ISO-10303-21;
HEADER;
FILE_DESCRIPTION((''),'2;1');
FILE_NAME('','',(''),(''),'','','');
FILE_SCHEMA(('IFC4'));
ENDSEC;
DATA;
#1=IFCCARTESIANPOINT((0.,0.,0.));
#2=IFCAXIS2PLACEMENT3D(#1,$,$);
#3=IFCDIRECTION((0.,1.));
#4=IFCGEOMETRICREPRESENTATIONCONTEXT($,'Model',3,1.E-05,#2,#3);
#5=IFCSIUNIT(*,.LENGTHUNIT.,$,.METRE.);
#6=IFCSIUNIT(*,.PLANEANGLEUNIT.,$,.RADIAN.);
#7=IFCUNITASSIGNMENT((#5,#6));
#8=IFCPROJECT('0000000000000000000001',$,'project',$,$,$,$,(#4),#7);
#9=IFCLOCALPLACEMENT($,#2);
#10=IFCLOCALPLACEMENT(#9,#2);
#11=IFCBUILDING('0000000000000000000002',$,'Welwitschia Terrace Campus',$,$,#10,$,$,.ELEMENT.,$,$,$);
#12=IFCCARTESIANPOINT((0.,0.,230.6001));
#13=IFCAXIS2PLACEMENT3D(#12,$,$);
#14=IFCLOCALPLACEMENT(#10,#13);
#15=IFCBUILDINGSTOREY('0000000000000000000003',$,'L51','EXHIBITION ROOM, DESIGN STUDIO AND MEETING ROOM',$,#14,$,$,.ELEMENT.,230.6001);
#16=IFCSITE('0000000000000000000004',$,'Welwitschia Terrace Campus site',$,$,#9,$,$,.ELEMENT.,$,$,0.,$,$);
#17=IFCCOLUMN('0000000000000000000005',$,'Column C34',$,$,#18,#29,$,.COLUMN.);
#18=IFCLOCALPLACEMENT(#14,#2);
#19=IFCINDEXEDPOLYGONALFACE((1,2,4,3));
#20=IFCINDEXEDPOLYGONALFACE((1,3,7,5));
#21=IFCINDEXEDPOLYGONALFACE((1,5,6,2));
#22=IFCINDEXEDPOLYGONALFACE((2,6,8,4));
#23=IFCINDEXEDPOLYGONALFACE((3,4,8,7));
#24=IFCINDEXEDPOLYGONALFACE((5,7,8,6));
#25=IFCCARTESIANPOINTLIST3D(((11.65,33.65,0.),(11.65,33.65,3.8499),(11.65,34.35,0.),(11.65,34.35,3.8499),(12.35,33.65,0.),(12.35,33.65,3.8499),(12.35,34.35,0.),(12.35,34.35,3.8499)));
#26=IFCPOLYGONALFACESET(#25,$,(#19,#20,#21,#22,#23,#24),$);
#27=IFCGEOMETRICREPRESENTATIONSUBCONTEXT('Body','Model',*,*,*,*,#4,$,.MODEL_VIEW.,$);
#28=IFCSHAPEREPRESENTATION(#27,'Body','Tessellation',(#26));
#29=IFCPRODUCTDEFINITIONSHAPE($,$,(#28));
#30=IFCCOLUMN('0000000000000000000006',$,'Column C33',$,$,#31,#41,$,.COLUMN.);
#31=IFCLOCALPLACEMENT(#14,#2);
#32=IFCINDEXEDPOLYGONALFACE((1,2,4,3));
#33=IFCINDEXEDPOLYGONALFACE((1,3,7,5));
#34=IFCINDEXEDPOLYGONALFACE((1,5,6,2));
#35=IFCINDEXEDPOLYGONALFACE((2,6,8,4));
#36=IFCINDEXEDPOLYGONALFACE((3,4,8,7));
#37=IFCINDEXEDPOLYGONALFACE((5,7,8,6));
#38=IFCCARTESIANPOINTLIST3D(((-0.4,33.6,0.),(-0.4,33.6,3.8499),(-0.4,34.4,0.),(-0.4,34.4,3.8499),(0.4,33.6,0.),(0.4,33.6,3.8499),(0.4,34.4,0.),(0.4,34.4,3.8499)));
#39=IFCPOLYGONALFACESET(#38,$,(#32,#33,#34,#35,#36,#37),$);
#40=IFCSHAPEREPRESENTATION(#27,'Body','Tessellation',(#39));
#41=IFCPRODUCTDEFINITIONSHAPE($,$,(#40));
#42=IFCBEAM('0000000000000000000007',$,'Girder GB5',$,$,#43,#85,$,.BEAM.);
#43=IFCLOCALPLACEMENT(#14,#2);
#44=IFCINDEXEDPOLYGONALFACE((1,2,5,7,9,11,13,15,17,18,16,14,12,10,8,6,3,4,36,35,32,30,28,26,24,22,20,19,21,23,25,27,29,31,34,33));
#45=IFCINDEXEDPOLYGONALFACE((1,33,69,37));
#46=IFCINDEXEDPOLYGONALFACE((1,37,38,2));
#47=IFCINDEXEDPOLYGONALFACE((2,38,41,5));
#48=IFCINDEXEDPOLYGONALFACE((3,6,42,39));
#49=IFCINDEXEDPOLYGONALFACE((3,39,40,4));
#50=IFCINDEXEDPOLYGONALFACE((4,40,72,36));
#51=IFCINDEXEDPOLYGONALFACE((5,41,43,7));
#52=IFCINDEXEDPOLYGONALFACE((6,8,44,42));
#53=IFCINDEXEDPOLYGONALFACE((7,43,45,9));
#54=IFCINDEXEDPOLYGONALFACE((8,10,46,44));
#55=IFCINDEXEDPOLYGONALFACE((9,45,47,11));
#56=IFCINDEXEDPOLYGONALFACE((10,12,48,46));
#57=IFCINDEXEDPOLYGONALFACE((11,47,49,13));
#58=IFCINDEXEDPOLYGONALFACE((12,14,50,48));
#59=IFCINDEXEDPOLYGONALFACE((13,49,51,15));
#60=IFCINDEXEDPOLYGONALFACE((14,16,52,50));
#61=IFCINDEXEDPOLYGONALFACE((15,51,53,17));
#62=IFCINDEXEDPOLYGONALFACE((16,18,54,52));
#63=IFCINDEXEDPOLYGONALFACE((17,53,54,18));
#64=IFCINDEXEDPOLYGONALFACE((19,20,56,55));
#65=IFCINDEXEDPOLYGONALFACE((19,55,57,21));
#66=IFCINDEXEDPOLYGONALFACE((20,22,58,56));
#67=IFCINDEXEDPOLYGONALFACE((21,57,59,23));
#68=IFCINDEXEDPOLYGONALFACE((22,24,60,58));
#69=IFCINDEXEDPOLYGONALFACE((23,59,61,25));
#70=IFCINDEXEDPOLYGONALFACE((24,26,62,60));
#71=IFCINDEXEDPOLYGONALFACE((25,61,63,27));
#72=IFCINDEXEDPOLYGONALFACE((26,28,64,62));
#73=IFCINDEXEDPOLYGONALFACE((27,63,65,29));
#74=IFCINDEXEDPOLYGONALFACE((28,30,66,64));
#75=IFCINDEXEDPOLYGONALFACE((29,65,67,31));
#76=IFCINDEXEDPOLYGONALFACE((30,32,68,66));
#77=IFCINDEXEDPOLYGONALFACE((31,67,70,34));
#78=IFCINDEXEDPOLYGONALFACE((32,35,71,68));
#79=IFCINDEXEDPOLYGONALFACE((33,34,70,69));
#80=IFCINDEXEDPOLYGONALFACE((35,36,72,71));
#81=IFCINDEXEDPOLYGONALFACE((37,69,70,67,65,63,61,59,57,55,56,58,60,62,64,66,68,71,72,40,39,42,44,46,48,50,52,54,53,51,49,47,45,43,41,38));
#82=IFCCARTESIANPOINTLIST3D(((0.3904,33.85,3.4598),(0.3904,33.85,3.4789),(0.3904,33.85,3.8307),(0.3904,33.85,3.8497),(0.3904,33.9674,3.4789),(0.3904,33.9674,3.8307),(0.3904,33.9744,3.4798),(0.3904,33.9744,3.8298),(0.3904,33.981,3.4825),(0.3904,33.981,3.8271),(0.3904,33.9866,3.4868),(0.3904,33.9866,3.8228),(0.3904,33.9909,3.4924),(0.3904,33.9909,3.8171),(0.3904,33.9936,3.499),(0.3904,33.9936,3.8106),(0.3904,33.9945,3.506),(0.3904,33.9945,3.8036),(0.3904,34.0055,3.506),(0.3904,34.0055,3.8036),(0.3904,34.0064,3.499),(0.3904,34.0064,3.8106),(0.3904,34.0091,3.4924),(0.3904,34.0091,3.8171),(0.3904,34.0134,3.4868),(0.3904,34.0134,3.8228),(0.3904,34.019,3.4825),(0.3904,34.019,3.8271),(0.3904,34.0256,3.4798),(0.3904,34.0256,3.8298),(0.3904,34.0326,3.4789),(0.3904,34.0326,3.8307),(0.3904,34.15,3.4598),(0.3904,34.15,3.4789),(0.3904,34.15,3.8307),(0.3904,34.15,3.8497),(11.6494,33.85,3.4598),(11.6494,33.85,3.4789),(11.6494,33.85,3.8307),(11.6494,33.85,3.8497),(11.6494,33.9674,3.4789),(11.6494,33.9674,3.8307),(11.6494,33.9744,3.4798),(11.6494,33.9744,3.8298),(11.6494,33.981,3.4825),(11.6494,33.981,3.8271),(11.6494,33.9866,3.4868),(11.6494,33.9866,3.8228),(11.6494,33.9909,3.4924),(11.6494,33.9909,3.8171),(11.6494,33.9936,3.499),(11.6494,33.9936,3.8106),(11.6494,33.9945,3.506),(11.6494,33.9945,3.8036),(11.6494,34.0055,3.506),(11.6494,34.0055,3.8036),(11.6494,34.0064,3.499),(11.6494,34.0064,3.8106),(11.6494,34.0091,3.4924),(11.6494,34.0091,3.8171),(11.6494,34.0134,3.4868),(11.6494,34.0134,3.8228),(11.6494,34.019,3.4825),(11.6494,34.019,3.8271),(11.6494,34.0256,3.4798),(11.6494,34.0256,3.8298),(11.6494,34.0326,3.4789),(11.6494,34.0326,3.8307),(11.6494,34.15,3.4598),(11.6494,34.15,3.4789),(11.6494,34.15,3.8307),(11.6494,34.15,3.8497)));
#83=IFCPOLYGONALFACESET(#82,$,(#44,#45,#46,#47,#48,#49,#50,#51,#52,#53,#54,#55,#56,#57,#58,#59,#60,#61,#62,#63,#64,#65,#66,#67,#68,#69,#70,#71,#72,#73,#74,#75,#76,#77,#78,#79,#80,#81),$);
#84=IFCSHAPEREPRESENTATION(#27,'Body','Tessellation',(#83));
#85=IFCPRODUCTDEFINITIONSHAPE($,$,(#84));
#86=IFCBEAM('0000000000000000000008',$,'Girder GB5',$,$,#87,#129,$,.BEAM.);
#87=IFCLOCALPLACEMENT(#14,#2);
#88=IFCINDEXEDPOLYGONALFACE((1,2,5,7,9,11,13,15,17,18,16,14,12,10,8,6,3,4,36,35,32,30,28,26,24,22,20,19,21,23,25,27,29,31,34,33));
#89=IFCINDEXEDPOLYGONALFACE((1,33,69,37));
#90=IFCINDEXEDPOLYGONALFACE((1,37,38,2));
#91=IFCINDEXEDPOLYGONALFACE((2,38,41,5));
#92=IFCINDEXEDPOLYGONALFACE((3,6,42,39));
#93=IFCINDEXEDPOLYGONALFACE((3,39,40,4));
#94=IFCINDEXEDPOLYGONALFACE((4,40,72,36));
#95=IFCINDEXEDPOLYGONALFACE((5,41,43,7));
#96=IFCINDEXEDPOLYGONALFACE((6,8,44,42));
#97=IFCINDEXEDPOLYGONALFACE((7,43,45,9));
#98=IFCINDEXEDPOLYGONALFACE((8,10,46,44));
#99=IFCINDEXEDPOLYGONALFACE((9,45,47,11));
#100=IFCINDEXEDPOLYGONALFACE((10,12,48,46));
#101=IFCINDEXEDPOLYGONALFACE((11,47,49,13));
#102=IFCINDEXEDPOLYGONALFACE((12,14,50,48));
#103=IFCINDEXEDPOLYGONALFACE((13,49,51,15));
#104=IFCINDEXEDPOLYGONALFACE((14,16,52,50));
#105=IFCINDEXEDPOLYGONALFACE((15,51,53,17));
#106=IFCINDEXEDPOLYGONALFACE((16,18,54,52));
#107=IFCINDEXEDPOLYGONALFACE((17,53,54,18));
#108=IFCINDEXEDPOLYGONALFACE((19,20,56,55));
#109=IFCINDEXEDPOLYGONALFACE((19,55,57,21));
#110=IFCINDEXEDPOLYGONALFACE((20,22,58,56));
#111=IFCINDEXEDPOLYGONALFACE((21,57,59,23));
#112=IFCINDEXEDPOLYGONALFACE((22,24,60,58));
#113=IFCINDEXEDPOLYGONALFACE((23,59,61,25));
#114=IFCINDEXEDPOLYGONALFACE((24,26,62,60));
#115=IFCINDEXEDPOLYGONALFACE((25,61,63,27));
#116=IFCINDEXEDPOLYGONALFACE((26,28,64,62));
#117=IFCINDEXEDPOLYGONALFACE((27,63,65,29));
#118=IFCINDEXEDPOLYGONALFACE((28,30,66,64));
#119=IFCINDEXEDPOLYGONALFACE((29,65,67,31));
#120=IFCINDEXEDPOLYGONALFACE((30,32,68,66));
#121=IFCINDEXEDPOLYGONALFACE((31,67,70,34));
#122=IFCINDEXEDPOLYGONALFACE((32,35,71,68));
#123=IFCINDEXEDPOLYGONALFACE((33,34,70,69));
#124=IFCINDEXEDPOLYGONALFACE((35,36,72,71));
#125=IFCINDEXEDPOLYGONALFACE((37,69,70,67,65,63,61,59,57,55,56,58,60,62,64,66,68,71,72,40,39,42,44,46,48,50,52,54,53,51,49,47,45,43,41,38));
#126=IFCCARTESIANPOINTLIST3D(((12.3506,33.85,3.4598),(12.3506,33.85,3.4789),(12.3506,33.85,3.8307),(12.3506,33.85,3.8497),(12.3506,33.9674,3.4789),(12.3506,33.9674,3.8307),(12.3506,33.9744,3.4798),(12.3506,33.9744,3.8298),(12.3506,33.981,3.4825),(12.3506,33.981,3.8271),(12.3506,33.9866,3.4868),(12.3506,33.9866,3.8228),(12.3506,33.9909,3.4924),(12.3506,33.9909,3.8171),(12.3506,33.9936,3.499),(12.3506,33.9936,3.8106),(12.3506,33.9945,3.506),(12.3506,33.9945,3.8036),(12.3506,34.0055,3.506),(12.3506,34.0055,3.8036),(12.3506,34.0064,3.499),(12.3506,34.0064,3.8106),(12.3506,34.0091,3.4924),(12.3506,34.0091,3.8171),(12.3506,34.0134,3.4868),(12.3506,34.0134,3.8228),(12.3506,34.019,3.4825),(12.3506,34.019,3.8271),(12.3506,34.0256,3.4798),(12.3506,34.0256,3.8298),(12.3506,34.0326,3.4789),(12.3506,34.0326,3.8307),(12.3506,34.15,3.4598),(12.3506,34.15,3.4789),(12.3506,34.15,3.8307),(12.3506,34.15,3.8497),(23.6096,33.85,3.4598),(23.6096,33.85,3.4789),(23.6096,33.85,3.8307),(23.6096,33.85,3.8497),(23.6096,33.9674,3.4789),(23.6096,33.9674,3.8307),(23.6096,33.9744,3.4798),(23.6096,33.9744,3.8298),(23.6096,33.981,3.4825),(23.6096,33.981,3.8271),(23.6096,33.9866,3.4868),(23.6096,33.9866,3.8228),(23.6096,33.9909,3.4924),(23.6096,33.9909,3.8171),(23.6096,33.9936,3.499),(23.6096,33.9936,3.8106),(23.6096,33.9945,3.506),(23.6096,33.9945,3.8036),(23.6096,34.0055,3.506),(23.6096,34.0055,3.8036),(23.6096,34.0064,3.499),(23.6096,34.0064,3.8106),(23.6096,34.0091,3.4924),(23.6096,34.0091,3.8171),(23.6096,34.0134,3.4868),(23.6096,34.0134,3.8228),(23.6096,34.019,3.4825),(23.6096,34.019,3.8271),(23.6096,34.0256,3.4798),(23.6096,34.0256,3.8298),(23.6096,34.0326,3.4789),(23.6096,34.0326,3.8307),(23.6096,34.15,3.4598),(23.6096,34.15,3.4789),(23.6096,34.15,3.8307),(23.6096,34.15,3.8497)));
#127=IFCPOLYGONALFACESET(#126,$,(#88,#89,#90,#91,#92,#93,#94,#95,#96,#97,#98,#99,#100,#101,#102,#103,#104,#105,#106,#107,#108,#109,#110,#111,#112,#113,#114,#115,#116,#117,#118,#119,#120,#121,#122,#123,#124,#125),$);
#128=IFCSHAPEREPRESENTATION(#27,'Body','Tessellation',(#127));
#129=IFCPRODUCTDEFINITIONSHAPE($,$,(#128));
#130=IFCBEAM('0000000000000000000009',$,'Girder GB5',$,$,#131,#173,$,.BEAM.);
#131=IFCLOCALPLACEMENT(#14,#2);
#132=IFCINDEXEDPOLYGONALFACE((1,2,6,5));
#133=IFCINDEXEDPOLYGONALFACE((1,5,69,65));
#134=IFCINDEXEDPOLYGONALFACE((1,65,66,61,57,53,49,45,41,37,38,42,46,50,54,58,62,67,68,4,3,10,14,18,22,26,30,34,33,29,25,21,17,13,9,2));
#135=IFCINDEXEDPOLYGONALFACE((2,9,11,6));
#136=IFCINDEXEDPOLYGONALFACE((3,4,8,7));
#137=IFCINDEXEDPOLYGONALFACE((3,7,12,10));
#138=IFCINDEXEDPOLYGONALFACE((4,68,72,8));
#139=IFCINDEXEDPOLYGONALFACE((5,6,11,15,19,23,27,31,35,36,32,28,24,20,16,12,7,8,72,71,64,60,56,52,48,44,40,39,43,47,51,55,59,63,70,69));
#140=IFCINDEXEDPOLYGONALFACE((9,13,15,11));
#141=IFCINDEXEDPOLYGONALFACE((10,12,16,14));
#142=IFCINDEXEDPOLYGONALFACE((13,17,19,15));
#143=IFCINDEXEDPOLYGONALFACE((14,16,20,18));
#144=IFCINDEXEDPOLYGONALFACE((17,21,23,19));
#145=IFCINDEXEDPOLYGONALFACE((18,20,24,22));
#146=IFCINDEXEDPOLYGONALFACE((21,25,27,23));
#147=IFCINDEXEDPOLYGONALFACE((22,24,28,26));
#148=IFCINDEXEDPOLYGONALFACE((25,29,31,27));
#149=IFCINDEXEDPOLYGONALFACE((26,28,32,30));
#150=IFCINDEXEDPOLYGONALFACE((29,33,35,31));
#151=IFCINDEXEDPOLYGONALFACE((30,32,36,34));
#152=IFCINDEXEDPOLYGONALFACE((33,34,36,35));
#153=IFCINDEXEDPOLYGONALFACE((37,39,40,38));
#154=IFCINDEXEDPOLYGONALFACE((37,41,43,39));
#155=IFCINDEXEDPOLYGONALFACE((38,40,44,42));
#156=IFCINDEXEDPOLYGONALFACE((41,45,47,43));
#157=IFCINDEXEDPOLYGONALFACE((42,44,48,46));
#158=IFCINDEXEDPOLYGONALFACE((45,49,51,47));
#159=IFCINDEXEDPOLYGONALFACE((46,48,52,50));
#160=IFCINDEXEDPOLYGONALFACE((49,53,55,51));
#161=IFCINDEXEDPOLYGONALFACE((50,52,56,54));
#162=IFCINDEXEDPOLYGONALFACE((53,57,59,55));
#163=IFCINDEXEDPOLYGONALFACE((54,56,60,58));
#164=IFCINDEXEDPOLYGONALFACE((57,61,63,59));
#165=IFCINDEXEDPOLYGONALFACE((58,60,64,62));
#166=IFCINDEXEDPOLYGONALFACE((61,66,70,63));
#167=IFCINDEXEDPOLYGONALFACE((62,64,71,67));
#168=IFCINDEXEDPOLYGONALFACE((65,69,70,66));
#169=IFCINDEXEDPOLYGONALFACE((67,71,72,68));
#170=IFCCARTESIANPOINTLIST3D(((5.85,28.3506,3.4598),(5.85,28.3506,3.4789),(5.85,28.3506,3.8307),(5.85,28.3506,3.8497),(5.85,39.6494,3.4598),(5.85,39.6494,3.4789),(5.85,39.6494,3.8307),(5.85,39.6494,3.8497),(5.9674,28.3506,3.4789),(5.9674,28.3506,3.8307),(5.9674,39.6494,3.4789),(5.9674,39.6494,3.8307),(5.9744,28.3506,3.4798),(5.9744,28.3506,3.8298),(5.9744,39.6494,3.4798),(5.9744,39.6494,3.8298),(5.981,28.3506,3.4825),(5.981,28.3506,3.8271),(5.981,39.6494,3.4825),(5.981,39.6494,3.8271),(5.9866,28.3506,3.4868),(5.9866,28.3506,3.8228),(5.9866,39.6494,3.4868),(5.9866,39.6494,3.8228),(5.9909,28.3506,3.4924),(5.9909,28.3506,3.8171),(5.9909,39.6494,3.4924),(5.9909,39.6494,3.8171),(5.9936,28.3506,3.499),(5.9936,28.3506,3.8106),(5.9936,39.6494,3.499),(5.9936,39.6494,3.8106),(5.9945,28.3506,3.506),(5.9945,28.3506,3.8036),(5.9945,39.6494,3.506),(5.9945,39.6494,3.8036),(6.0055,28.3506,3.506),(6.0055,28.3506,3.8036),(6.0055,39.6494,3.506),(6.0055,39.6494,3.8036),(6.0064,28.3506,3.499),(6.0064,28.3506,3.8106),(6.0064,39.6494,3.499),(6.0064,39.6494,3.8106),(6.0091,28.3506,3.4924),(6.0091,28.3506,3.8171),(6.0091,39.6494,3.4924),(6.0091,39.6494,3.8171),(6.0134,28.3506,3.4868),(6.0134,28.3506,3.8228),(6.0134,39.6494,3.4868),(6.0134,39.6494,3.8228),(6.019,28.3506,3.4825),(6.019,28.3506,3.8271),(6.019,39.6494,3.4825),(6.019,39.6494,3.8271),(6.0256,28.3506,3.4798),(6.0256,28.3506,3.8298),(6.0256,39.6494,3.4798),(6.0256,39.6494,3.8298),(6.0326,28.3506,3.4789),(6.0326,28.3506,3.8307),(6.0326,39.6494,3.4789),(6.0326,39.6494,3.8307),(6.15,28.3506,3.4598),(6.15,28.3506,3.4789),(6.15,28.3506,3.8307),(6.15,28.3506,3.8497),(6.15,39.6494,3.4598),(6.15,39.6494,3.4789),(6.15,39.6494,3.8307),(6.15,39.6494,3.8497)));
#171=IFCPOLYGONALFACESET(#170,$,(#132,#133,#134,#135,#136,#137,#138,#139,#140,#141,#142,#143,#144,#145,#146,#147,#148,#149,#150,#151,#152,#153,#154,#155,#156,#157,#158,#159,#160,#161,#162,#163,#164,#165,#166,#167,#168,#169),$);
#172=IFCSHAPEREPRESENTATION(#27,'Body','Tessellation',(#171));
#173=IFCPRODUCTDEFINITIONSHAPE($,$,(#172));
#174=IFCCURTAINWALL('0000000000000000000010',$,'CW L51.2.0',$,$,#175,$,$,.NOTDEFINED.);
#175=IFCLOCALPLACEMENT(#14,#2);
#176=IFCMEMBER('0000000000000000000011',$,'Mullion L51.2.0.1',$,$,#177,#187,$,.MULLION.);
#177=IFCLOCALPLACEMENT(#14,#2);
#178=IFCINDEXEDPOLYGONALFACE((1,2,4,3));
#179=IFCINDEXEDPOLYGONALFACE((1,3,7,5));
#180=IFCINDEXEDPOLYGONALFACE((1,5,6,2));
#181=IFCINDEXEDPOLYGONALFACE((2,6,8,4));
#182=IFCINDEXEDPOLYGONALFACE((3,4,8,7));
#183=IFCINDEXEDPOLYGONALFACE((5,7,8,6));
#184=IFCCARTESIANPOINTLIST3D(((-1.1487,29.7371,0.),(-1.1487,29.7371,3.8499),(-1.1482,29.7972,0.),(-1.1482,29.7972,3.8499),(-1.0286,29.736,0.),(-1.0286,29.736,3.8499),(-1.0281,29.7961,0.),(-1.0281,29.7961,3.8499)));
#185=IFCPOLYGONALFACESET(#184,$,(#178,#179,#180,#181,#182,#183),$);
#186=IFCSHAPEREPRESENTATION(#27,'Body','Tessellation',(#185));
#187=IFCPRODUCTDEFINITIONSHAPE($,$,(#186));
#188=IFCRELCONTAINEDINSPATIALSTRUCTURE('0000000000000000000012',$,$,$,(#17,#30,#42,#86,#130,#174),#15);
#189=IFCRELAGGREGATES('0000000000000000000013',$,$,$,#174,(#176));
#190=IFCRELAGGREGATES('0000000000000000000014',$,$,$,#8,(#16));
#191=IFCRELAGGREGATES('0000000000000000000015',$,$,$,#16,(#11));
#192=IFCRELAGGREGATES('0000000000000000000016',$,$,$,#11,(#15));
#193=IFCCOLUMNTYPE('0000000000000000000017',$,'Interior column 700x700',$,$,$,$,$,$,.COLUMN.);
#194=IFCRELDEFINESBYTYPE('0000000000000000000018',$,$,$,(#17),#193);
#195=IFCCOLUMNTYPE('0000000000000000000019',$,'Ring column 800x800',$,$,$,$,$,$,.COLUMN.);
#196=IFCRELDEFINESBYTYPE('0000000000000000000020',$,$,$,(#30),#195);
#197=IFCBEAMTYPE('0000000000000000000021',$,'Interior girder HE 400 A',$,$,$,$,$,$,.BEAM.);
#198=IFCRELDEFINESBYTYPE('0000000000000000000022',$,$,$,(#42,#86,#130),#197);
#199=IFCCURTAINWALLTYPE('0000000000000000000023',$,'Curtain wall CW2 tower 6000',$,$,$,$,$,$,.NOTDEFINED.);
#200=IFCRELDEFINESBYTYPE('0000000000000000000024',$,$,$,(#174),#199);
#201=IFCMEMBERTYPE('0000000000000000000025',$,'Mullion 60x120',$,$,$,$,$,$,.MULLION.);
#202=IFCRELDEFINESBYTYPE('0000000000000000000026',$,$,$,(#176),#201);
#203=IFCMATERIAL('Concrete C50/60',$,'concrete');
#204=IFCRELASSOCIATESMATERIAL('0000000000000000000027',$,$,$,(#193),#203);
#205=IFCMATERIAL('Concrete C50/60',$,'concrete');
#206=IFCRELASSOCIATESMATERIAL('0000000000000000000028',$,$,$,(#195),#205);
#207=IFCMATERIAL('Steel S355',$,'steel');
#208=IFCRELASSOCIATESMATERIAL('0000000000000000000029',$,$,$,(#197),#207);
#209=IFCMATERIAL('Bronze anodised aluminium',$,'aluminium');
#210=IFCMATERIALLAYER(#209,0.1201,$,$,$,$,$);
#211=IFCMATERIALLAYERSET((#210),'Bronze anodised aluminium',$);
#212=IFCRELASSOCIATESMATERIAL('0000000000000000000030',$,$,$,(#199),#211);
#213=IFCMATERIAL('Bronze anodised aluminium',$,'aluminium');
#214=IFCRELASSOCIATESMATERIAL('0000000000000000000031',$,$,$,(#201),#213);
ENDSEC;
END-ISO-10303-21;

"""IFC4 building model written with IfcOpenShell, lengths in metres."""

from ifc_helpers import new_model, si_unit, direction, frame, origin, origin_2d, place, context, subcontext, project, spatial, rectangle, i_section, extrude, material, layer, layer_set, material_profile, profile_set, type_object, element, aggregate, save


model = new_model("IFC4")

# Units and contexts
model_context = context("Model", 3, precision=1e-05, world=origin(), true_north=direction((0.0, 1.0)))
body_context = subcontext(model_context, "Body", "Model", "MODEL_VIEW")
ifc_project = project(units=[si_unit("LENGTHUNIT", "METRE"), si_unit("PLANEANGLEUNIT", "RADIAN")], contexts=[model_context])

# Site, building, storey
site_placement = place(None, origin())
site = spatial("IfcSite", under=ifc_project, at=site_placement, Name="Welwitschia Terrace Campus site", CompositionType="ELEMENT", RefElevation=0.0)
building_placement = place(site_placement, origin())
building = spatial("IfcBuilding", under=site, at=building_placement, Name="Welwitschia Terrace Campus", CompositionType="ELEMENT")
storey_placement = place(building_placement, frame((0.0, 0.0, 230.6001)))
storey = spatial("IfcBuildingStorey", under=building, at=storey_placement, Name="L51", Description="EXHIBITION ROOM, DESIGN STUDIO AND MEETING ROOM", CompositionType="ELEMENT", Elevation=230.6001)

# Columns
ifc_material_1 = material(Name="Concrete C50/60", Category="concrete")
ifc_material_profile_1 = material_profile(ifc_material_1, rectangle(XDim=0.7, YDim=0.7, at=origin_2d()))
ifc_profile_set_1 = profile_set([ifc_material_profile_1], Name="Concrete C50/60")
column_type_1 = type_object("IfcColumnType", Name="Interior column 700x700", PredefinedType="COLUMN", material=ifc_profile_set_1)
column_1_placement = place(storey_placement, frame((12.0, 34.0, 0.0), z_axis=(0.0, 0.0, 1.0), x_axis=(1.0, 0.0, 0.0)))
element("IfcColumn", 1, at=column_1_placement, inside=storey, type_object=column_type_1, Name="Column C34", PredefinedType="COLUMN", context=body_context, shape_type="SweptSolid", body=[
    extrude(rectangle(XDim=0.7, YDim=0.7, at=origin_2d()), origin(), (0.0, 0.0, 1.0), 3.8499),
])
ifc_material_2 = material(Name="Concrete C50/60", Category="concrete")
ifc_material_profile_2 = material_profile(ifc_material_2, rectangle(XDim=0.8, YDim=0.8, at=origin_2d()))
ifc_profile_set_2 = profile_set([ifc_material_profile_2], Name="Concrete C50/60")
column_type_2 = type_object("IfcColumnType", Name="Ring column 800x800", PredefinedType="COLUMN", material=ifc_profile_set_2)
column_2_placement = place(storey_placement, frame((0.0, 34.0, 0.0), z_axis=(0.0, 0.0, 1.0), x_axis=(1.0, 0.0, 0.0)))
element("IfcColumn", 2, at=column_2_placement, inside=storey, type_object=column_type_2, Name="Column C33", PredefinedType="COLUMN", context=body_context, shape_type="SweptSolid", body=[
    extrude(rectangle(XDim=0.8, YDim=0.8, at=origin_2d()), origin(), (0.0, 0.0, 1.0), 3.8499),
])

# Beams
ifc_material_3 = material(Name="Steel S355", Category="steel")
ifc_material_profile_3 = material_profile(ifc_material_3, i_section(OverallWidth=0.3, OverallDepth=0.3899, WebThickness=0.011, FlangeThickness=0.019, FilletRadius=0.0271, at=origin_2d()))
ifc_profile_set_3 = profile_set([ifc_material_profile_3], Name="Steel S355")
beam_type_1 = type_object("IfcBeamType", Name="Interior girder HE 400 A", PredefinedType="BEAM", material=ifc_profile_set_3)
for number, where, z_axis, x_axis, name in (
    (3, (0.3904, 34.0, 3.6548), (1.0, 0.0, 0.0), (0.0, 1.0, 0.0), "Girder GB5"),
    (4, (12.3506, 34.0, 3.6548), (1.0, 0.0, 0.0), (0.0, 1.0, 0.0), "Girder GB5"),
):
    element("IfcBeam", number, at=place(storey_placement, frame(where, z_axis=z_axis, x_axis=x_axis)), inside=storey, type_object=beam_type_1, Name=name, PredefinedType="BEAM", context=body_context, shape_type="SweptSolid", body=[
        extrude(i_section(OverallWidth=0.3, OverallDepth=0.3899, WebThickness=0.011, FlangeThickness=0.019, FilletRadius=0.0271, at=origin_2d()), origin(), (0.0, 0.0, 1.0), 11.259),
    ])
beam_1_placement = place(storey_placement, frame((6.0, 28.3506, 3.6548), z_axis=(0.0, 1.0, 0.0), x_axis=(-1.0, 0.0, 0.0)))
element("IfcBeam", 5, at=beam_1_placement, inside=storey, type_object=beam_type_1, Name="Girder GB5", PredefinedType="BEAM", context=body_context, shape_type="SweptSolid", body=[
    extrude(i_section(OverallWidth=0.3, OverallDepth=0.3899, WebThickness=0.011, FlangeThickness=0.019, FilletRadius=0.0271, at=origin_2d()), origin(), (0.0, 0.0, 1.0), 11.2988),
])

# Curtain wall, member
ifc_material_4 = material(Name="Bronze anodised aluminium", Category="aluminium")
ifc_layer_1 = layer(ifc_material_4, 0.1201)
ifc_layer_set_1 = layer_set([ifc_layer_1], Name="Bronze anodised aluminium")
curtain_wall_type = type_object("IfcCurtainWallType", Name="Curtain wall CW2 tower 6000", PredefinedType="NOTDEFINED", material=ifc_layer_set_1)
curtain_wall_placement = place(storey_placement, origin())
curtain_wall = element("IfcCurtainWall", 6, at=curtain_wall_placement, inside=storey, type_object=curtain_wall_type, Name="CW L51.2.0", PredefinedType="NOTDEFINED")
ifc_material_5 = material(Name="Bronze anodised aluminium", Category="aluminium")
ifc_material_profile_4 = material_profile(ifc_material_5, rectangle(XDim=0.1201, YDim=0.0601, at=origin_2d()))
ifc_profile_set_4 = profile_set([ifc_material_profile_4], Name="Bronze anodised aluminium")
member_type = type_object("IfcMemberType", Name="Mullion 60x120", PredefinedType="MULLION", material=ifc_profile_set_4)
member_placement = place(storey_placement, frame((-1.0884, 29.7666, 0.0), z_axis=(0.0, 0.0, 1.0), x_axis=(0.999962, -0.008727, 0.0)))
member = element("IfcMember", 7, at=member_placement, type_object=member_type, Name="Mullion L51.2.0.1", PredefinedType="MULLION", context=body_context, shape_type="SweptSolid", body=[
    extrude(rectangle(XDim=0.1201, YDim=0.0601, at=origin_2d()), origin(), (0.0, 0.0, 1.0), 3.8499),
])

aggregate(curtain_wall, [member])

save(model, "model.ifc")
